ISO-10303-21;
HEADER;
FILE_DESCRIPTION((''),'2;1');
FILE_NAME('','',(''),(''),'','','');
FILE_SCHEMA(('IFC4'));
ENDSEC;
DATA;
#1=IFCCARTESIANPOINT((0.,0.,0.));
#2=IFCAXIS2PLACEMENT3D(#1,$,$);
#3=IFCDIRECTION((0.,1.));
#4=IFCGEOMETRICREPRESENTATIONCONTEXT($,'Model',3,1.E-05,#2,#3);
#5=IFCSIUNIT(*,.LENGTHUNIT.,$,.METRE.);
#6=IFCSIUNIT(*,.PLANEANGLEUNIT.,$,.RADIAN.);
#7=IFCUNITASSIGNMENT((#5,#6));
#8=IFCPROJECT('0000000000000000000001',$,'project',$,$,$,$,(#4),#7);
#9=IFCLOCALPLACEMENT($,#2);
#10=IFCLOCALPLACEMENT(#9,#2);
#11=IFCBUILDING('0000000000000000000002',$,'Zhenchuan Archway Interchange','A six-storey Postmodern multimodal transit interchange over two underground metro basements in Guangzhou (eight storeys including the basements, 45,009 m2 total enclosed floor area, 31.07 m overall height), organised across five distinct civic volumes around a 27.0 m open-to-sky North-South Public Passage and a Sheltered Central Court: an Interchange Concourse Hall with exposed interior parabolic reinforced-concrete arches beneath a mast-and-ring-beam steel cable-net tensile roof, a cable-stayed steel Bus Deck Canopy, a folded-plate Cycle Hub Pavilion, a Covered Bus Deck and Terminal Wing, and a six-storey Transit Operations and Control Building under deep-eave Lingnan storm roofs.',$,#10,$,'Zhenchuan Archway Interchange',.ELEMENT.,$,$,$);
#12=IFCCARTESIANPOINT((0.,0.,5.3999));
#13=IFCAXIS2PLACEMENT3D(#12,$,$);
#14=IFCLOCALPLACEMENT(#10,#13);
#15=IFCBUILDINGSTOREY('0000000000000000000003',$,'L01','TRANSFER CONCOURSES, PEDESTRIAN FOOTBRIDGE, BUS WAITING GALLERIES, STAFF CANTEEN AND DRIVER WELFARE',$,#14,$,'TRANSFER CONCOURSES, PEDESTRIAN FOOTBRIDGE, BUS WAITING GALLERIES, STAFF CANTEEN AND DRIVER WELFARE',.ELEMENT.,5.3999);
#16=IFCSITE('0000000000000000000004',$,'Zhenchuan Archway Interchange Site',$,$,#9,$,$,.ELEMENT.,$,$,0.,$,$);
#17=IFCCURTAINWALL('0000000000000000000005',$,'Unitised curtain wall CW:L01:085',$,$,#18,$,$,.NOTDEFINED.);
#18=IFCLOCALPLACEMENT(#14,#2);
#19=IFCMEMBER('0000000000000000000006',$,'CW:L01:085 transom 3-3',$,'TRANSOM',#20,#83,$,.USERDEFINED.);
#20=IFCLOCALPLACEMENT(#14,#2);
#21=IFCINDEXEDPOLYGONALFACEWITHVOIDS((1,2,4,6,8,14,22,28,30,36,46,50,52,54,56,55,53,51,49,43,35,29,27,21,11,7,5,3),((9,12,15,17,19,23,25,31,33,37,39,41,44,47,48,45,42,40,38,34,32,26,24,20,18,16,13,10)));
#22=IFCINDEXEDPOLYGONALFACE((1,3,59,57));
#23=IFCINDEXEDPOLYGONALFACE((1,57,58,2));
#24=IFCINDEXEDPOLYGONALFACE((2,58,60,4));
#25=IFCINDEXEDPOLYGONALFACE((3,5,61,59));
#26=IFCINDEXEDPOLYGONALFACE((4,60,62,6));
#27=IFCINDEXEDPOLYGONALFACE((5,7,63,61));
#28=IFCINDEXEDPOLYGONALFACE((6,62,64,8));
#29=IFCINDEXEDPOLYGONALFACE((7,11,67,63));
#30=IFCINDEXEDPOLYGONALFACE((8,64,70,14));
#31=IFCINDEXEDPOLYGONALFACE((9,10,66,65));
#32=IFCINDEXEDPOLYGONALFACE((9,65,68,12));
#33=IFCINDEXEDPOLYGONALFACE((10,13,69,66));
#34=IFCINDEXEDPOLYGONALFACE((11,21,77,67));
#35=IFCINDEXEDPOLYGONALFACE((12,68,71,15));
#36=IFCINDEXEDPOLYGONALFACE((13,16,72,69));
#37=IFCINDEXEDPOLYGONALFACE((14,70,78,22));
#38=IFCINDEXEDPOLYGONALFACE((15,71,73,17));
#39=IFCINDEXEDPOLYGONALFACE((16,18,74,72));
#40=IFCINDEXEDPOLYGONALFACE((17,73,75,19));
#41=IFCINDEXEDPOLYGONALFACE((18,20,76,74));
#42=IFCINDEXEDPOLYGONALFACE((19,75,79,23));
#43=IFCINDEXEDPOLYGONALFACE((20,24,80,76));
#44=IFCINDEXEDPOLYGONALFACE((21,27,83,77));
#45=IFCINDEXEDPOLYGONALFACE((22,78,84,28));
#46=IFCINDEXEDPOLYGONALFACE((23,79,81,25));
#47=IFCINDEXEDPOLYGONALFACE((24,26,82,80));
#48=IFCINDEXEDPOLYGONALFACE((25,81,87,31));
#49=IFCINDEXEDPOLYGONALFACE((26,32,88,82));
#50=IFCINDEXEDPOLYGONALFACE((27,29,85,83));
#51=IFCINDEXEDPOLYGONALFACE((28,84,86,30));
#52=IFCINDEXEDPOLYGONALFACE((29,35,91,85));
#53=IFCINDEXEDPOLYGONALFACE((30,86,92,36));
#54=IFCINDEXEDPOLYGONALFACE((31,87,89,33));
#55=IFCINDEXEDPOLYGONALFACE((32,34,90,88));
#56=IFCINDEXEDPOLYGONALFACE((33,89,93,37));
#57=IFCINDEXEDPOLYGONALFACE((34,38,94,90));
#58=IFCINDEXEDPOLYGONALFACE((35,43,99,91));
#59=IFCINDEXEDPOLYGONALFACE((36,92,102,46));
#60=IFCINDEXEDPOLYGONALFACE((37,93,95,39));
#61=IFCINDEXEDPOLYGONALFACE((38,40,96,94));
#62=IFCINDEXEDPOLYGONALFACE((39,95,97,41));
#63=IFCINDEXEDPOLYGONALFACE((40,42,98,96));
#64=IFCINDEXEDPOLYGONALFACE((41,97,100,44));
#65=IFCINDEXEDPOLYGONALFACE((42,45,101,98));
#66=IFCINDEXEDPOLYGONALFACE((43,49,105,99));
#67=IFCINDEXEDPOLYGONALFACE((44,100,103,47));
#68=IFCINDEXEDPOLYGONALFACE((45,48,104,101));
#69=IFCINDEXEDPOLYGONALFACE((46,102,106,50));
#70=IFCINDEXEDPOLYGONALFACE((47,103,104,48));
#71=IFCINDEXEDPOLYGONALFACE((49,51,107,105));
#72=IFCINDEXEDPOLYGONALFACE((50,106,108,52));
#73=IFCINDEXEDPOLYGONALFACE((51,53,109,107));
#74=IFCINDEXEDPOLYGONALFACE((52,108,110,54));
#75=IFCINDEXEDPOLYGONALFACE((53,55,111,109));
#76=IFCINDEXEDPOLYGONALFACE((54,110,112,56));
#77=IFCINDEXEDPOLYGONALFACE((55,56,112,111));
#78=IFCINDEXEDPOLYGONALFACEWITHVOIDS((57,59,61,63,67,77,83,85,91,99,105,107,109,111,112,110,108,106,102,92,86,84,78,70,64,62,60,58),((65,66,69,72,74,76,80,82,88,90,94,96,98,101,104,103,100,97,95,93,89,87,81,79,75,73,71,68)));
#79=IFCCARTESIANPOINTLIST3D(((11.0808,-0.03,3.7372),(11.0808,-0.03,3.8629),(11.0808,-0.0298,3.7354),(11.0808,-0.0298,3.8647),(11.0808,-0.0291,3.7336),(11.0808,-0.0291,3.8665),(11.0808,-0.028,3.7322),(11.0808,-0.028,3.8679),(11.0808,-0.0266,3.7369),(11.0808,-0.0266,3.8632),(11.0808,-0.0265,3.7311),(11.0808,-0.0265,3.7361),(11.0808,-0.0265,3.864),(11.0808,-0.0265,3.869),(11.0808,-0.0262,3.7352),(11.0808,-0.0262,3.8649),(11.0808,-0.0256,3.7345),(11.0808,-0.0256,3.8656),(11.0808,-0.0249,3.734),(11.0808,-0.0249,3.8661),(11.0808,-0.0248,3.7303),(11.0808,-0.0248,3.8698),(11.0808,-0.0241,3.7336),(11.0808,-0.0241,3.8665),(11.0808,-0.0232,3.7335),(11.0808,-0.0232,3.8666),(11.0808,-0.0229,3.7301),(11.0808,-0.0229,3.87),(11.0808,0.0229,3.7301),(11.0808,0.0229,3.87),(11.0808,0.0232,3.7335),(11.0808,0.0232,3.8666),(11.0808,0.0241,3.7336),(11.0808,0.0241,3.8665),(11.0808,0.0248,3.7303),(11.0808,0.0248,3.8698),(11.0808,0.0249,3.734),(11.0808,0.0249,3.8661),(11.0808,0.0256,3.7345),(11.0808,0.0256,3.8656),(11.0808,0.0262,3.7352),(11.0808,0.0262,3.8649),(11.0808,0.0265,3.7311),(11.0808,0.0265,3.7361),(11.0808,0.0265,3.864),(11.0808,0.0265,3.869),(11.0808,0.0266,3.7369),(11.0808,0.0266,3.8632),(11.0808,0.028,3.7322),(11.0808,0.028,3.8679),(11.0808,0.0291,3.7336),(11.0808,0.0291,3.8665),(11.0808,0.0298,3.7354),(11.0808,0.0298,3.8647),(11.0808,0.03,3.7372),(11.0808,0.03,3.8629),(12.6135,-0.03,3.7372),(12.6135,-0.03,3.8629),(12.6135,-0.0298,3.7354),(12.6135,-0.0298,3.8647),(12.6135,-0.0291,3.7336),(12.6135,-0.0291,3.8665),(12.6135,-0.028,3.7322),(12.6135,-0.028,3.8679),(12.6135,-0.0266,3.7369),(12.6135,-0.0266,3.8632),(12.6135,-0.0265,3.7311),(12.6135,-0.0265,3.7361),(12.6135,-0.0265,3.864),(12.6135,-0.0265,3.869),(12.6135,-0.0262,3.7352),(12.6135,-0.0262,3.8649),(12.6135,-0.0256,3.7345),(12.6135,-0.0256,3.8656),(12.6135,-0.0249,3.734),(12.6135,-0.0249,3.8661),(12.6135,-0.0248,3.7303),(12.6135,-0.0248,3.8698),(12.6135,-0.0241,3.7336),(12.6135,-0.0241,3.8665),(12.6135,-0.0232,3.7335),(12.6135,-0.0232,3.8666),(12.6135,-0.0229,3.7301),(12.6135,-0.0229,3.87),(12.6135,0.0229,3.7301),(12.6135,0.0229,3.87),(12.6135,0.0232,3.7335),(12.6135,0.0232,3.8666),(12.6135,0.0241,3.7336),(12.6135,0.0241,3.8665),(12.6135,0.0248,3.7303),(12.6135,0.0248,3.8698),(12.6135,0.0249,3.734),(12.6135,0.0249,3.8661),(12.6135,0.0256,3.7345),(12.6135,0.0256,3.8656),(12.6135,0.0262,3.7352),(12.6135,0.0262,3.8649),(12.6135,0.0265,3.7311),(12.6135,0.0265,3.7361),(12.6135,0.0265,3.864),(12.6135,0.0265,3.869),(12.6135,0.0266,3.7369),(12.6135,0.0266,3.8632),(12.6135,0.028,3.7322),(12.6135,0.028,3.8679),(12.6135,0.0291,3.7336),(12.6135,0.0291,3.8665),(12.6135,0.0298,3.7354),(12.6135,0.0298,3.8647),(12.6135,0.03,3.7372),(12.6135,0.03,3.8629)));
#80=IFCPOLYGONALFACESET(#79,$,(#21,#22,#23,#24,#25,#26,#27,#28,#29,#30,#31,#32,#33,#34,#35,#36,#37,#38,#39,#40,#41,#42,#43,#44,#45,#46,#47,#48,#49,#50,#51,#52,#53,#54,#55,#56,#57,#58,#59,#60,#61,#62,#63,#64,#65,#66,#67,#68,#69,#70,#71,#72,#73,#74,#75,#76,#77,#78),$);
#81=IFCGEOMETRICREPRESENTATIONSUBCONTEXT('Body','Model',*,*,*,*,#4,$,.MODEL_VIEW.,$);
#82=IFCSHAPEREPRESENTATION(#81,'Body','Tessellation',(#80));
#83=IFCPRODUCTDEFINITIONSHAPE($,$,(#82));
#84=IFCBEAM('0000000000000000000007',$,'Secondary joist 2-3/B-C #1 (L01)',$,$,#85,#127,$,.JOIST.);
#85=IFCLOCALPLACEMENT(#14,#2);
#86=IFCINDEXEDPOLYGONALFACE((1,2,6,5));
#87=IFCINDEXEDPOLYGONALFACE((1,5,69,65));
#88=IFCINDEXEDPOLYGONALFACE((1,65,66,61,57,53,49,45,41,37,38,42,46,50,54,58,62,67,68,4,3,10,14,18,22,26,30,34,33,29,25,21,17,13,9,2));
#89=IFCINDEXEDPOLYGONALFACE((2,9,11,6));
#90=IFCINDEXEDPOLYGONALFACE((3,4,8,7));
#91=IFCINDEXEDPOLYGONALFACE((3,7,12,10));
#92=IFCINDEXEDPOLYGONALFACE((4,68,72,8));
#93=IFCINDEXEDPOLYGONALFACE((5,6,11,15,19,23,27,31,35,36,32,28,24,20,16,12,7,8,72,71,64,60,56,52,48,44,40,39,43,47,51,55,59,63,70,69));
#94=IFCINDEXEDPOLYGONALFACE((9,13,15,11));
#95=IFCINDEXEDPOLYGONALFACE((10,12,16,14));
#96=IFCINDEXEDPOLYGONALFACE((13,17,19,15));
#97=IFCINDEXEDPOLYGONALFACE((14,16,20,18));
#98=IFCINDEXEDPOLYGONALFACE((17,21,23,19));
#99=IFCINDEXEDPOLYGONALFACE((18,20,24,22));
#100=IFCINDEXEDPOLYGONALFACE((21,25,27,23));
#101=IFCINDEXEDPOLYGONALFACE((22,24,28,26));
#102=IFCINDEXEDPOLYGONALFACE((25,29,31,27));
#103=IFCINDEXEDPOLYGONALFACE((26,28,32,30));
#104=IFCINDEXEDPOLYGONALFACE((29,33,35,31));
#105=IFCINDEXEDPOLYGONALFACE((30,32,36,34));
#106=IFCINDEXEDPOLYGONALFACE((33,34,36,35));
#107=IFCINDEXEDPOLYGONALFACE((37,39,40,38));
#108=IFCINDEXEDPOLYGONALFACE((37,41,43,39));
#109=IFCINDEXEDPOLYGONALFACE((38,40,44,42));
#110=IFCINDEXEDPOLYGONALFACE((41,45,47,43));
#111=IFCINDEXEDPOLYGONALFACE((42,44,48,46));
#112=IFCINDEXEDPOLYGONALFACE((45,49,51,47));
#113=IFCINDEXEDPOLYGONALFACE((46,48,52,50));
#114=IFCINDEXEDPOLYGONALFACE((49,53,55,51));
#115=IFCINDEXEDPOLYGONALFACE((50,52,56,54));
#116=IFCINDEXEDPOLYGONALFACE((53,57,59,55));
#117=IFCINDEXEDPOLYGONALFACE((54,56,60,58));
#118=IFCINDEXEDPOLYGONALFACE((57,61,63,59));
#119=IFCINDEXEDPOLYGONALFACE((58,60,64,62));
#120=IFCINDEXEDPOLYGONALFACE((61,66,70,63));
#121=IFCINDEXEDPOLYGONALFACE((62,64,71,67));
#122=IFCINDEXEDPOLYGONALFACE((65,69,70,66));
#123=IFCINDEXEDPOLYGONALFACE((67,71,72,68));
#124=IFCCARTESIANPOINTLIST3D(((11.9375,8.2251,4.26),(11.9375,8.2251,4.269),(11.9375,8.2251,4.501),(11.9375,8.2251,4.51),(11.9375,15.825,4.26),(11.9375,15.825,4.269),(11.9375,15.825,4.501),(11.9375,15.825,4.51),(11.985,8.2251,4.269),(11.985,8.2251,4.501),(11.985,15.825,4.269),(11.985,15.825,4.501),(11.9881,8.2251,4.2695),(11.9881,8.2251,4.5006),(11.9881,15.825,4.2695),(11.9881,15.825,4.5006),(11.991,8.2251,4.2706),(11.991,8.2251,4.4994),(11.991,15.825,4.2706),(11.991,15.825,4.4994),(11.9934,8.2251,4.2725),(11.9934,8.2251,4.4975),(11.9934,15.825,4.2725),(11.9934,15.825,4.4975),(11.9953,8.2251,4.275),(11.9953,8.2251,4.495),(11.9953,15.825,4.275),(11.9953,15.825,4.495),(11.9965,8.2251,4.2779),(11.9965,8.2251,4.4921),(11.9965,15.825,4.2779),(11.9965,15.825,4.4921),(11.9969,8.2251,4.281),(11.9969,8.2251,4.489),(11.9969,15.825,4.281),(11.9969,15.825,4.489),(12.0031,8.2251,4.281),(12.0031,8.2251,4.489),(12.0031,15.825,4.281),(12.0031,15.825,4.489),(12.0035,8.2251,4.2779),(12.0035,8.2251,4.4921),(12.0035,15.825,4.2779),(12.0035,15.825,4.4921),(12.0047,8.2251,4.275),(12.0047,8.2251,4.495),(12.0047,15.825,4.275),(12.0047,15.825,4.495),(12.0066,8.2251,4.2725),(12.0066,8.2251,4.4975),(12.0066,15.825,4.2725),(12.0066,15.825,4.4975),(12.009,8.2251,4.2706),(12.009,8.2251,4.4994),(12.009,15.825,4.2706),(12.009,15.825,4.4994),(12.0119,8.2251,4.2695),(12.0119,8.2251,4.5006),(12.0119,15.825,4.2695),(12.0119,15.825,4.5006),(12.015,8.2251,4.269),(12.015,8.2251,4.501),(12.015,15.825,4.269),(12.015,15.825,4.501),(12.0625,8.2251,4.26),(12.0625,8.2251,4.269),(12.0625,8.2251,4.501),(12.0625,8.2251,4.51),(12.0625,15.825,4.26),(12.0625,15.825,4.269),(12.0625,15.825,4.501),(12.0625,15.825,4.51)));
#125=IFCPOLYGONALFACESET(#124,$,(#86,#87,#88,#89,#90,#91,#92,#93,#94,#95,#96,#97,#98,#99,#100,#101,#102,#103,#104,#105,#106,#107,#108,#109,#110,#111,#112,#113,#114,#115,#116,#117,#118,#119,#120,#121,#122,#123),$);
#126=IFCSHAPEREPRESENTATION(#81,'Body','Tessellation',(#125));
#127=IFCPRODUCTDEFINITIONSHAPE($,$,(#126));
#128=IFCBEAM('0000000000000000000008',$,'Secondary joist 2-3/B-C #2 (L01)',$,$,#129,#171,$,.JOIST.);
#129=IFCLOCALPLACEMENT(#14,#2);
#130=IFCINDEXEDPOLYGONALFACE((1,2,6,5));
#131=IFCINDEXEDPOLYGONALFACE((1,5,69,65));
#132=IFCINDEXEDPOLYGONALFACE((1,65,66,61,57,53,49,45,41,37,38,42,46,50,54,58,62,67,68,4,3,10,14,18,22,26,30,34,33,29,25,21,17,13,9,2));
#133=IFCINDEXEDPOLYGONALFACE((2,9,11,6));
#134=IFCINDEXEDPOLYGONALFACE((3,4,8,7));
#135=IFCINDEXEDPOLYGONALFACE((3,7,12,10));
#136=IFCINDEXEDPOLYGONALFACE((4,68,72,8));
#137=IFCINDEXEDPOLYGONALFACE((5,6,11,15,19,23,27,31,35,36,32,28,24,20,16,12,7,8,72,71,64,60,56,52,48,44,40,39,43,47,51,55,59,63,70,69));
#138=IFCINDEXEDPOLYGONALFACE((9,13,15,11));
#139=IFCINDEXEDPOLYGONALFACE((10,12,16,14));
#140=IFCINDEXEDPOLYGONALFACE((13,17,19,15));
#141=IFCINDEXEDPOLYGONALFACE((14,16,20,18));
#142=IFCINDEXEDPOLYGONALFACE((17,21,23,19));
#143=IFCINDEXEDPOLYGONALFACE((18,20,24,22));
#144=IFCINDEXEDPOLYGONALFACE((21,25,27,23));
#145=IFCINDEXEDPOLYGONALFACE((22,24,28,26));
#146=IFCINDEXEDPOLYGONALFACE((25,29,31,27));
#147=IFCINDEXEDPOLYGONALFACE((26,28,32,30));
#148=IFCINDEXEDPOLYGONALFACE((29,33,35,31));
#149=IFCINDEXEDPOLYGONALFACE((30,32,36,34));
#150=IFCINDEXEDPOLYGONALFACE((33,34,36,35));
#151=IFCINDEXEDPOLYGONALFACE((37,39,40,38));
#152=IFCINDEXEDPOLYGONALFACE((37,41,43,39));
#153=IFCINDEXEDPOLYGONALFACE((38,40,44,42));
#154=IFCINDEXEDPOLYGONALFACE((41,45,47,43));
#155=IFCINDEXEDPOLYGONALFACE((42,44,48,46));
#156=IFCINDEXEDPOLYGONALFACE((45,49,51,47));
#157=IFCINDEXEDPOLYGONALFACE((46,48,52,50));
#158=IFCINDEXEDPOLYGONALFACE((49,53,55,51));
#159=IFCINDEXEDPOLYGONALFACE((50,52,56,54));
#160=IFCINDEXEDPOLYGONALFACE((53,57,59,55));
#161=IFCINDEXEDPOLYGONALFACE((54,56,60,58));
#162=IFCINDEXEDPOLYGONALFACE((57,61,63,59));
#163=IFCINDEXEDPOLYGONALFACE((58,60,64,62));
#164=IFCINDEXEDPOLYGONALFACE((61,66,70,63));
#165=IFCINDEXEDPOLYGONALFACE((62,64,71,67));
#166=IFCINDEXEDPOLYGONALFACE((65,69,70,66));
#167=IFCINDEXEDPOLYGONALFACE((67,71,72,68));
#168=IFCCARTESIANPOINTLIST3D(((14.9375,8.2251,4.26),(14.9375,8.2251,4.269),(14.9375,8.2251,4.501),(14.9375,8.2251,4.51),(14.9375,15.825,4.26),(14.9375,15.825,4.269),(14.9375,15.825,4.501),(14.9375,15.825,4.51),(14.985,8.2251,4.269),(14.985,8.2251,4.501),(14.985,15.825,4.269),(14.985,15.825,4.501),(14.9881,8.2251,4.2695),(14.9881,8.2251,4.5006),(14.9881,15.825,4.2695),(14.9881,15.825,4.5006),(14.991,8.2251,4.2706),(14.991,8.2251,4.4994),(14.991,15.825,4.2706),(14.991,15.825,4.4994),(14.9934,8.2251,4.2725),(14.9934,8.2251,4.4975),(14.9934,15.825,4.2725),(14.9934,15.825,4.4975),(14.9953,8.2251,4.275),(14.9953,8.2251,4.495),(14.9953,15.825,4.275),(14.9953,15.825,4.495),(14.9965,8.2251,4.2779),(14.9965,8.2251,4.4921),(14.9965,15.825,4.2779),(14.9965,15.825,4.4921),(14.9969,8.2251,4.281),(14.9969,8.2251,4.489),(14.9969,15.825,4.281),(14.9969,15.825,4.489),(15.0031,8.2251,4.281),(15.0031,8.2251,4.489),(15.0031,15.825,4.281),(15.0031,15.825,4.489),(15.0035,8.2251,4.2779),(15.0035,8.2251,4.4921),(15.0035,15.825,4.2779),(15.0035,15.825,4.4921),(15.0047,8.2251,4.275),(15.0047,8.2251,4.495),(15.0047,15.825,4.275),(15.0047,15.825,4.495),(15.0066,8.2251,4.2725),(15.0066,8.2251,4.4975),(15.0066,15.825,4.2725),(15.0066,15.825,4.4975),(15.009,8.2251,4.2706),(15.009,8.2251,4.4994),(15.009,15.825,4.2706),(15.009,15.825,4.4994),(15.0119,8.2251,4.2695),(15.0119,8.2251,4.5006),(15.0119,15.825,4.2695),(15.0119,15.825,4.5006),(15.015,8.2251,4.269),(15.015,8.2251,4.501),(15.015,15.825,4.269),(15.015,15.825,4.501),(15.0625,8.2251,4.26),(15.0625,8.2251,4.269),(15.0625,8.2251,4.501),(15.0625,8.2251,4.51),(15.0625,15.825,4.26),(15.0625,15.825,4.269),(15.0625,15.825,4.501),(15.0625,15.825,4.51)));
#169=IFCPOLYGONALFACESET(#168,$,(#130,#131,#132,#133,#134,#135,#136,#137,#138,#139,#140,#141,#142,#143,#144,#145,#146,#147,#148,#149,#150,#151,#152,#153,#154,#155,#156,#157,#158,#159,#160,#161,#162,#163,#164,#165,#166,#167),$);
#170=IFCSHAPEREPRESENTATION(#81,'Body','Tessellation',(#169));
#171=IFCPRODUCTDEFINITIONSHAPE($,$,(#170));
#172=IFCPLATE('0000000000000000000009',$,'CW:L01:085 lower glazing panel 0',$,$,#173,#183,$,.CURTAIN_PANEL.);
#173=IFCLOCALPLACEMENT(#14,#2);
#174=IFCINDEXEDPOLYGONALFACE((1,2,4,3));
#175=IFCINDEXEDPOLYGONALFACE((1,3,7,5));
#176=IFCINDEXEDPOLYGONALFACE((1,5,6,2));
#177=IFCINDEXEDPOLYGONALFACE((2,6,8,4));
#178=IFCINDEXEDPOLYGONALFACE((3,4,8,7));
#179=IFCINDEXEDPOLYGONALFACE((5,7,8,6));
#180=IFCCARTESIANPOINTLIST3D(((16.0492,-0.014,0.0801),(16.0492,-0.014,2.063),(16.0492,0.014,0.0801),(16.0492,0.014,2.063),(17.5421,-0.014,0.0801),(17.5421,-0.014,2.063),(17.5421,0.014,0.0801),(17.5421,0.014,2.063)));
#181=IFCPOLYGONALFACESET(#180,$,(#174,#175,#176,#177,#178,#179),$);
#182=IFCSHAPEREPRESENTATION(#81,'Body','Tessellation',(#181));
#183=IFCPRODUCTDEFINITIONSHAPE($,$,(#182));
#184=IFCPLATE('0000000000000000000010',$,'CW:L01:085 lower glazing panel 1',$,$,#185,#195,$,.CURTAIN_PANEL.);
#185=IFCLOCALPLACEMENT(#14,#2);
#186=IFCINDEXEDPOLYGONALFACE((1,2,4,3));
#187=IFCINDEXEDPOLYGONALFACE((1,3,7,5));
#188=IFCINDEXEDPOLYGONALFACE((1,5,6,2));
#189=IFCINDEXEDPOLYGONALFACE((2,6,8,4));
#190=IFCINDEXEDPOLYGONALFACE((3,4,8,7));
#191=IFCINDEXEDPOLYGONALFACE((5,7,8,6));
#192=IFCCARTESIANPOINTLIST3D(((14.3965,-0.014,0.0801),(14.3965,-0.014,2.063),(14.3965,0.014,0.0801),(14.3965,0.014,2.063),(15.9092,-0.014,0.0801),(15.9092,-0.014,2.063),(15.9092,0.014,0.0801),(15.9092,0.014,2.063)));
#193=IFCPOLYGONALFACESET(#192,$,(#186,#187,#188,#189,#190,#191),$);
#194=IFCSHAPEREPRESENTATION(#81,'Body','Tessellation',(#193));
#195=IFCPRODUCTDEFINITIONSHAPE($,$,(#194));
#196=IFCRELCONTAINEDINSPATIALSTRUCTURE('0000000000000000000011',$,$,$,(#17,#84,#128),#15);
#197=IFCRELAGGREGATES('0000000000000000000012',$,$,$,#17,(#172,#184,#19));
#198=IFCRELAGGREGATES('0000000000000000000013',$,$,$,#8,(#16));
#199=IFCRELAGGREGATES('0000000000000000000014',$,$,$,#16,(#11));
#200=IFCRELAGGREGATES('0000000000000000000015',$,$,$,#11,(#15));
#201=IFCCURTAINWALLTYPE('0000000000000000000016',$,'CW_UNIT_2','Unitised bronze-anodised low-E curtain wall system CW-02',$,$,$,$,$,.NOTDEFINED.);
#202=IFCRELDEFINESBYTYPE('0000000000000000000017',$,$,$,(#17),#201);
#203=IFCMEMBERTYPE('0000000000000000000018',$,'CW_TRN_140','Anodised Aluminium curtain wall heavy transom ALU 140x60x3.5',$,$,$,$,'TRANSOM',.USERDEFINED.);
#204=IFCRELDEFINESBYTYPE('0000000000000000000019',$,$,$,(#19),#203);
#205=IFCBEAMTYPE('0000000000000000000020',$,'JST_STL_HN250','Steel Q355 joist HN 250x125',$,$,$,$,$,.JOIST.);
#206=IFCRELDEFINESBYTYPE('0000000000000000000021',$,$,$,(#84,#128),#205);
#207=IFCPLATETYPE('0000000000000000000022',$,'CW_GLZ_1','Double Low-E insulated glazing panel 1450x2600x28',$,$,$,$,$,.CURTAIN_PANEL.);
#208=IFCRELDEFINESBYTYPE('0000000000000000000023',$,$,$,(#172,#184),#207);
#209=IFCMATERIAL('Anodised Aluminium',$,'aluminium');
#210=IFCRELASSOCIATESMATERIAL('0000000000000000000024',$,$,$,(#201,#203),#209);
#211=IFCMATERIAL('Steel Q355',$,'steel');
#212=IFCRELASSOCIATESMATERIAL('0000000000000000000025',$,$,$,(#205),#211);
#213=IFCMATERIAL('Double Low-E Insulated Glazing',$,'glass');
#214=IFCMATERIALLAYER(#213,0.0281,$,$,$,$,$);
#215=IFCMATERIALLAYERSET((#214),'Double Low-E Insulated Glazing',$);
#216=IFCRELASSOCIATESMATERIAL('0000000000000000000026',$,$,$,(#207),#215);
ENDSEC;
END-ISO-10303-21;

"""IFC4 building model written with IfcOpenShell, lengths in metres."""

from ifc_helpers import new_model, si_unit, direction, frame, origin, origin_2d, place, context, subcontext, project, spatial, rectangle, hollow_rectangle, i_section, extrude, material, layer, layer_set, material_profile, profile_set, type_object, element, aggregate, save


model = new_model("IFC4")

# Units and contexts
model_context = context("Model", 3, precision=1e-05, world=origin(), true_north=direction((0.0, 1.0)))
body_context = subcontext(model_context, "Body", "Model", "MODEL_VIEW")
ifc_project = project(units=[si_unit("LENGTHUNIT", "METRE"), si_unit("PLANEANGLEUNIT", "RADIAN")], contexts=[model_context])

# Site, building, storey
site_placement = place(None, origin())
site = spatial("IfcSite", under=ifc_project, at=site_placement, Name="Zhenchuan Archway Interchange Site", CompositionType="ELEMENT", RefElevation=0.0)
building_placement = place(site_placement, origin())
building = spatial("IfcBuilding", under=site, at=building_placement, Name="Zhenchuan Archway Interchange", Description="A six-storey Postmodern multimodal transit interchange over two underground metro basements in Guangzhou (eight storeys including the basements, 45,009 m2 total enclosed floor area, 31.07 m overall height), organised across five distinct civic volumes around a 27.0 m open-to-sky North-South Public Passage and a Sheltered Central Court: an Interchange Concourse Hall with exposed interior parabolic reinforced-concrete arches beneath a mast-and-ring-beam steel cable-net tensile roof, a cable-stayed steel Bus Deck Canopy, a folded-plate Cycle Hub Pavilion, a Covered Bus Deck and Terminal Wing, and a six-storey Transit Operations and Control Building under deep-eave Lingnan storm roofs.", LongName="Zhenchuan Archway Interchange", CompositionType="ELEMENT")
storey_placement = place(building_placement, frame((0.0, 0.0, 5.3999)))
storey = spatial("IfcBuildingStorey", under=building, at=storey_placement, Name="L01", Description="TRANSFER CONCOURSES, PEDESTRIAN FOOTBRIDGE, BUS WAITING GALLERIES, STAFF CANTEEN AND DRIVER WELFARE", LongName="TRANSFER CONCOURSES, PEDESTRIAN FOOTBRIDGE, BUS WAITING GALLERIES, STAFF CANTEEN AND DRIVER WELFARE", CompositionType="ELEMENT", Elevation=5.3999)

# Curtain wall, member
ifc_material_1 = material(Name="Anodised Aluminium", Category="aluminium")
curtain_wall_type = type_object("IfcCurtainWallType", Name="CW_UNIT_2", Description="Unitised bronze-anodised low-E curtain wall system CW-02", PredefinedType="NOTDEFINED", material=ifc_material_1)
curtain_wall_placement = place(storey_placement, origin())
curtain_wall = element("IfcCurtainWall", 1, at=curtain_wall_placement, inside=storey, type_object=curtain_wall_type, Name="Unitised curtain wall CW:L01:085", PredefinedType="NOTDEFINED")
ifc_material_profile_1 = material_profile(ifc_material_1, hollow_rectangle(XDim=0.0601, YDim=0.1399, WallThickness=0.0034, InnerFilletRadius=0.0034, OuterFilletRadius=0.0071, at=origin_2d()), Name="ALU 140x60x3.5")
ifc_profile_set_1 = profile_set([ifc_material_profile_1], Name="Anodised Aluminium")
member_type_1 = type_object("IfcMemberType", Name="CW_TRN_140", Description="Anodised Aluminium curtain wall heavy transom ALU 140x60x3.5", ElementType="TRANSOM", PredefinedType="USERDEFINED", material=ifc_profile_set_1)
member_1_placement = place(storey_placement, frame((12.6135, 0.0, 3.8), z_axis=(-1.0, 0.0, 0.0), x_axis=(0.0, -1.0, 0.0)))
member_1 = element("IfcMember", 2, at=member_1_placement, type_object=member_type_1, Name="CW:L01:085 transom 3-3", ObjectType="TRANSOM", PredefinedType="USERDEFINED", context=body_context, shape_type="SweptSolid", body=[
    extrude(hollow_rectangle(XDim=0.0601, YDim=0.1399, WallThickness=0.0034, InnerFilletRadius=0.0034, OuterFilletRadius=0.0071, at=origin_2d()), origin(), (0.0, 0.0, 1.0), 1.5327),
])

# Beams
ifc_material_2 = material(Name="Steel Q355", Category="steel")
ifc_material_profile_2 = material_profile(ifc_material_2, i_section(OverallWidth=0.125, OverallDepth=0.25, WebThickness=0.0061, FlangeThickness=0.009, FilletRadius=0.012, at=origin_2d()), Name="HN 250x125")
ifc_profile_set_2 = profile_set([ifc_material_profile_2], Name="Steel Q355")
beam_type = type_object("IfcBeamType", Name="JST_STL_HN250", Description="Steel Q355 joist HN 250x125", PredefinedType="JOIST", material=ifc_profile_set_2)
for number, where, z_axis, x_axis, name in (
    (3, (12.0, 8.2251, 4.385), (0.0, 1.0, 0.0), (-1.0, 0.0, 0.0), "Secondary joist 2-3/B-C #1 (L01)"),
    (4, (15.0, 8.2251, 4.385), (0.0, 1.0, 0.0), (-1.0, 0.0, 0.0), "Secondary joist 2-3/B-C #2 (L01)"),
):
    element("IfcBeam", number, at=place(storey_placement, frame(where, z_axis=z_axis, x_axis=x_axis)), inside=storey, type_object=beam_type, Name=name, PredefinedType="JOIST", context=body_context, shape_type="SweptSolid", body=[
        extrude(i_section(OverallWidth=0.125, OverallDepth=0.25, WebThickness=0.0061, FlangeThickness=0.009, FilletRadius=0.012, at=origin_2d()), origin(), (0.0, 0.0, 1.0), 7.5999),
    ])

# Plates
ifc_material_3 = material(Name="Double Low-E Insulated Glazing", Category="glass")
ifc_layer_1 = layer(ifc_material_3, 0.0281)
ifc_layer_set_1 = layer_set([ifc_layer_1], Name="Double Low-E Insulated Glazing")
plate_type_1 = type_object("IfcPlateType", Name="CW_GLZ_1", Description="Double Low-E insulated glazing panel 1450x2600x28", PredefinedType="CURTAIN_PANEL", material=ifc_layer_set_1)
plate_1_placement = place(storey_placement, frame((16.7957, 0.0, 0.0801), z_axis=(0.0, 0.0, 1.0), x_axis=(-1.0, 0.0, 0.0)))
plate_1 = element("IfcPlate", 5, at=plate_1_placement, type_object=plate_type_1, Name="CW:L01:085 lower glazing panel 0", PredefinedType="CURTAIN_PANEL", context=body_context, shape_type="SweptSolid", body=[
    extrude(rectangle(XDim=1.4929, YDim=0.0281, at=origin_2d()), origin(), (0.0, 0.0, 1.0), 1.9829),
])
plate_2_placement = place(storey_placement, frame((15.1528, 0.0, 0.0801), z_axis=(0.0, 0.0, 1.0), x_axis=(-1.0, 0.0, 0.0)))
plate_2 = element("IfcPlate", 6, at=plate_2_placement, type_object=plate_type_1, Name="CW:L01:085 lower glazing panel 1", PredefinedType="CURTAIN_PANEL", context=body_context, shape_type="SweptSolid", body=[
    extrude(rectangle(XDim=1.5127, YDim=0.0281, at=origin_2d()), origin(), (0.0, 0.0, 1.0), 1.9829),
])
aggregate(curtain_wall, [plate_1, plate_2, member_1])

save(model, "model.ifc")
